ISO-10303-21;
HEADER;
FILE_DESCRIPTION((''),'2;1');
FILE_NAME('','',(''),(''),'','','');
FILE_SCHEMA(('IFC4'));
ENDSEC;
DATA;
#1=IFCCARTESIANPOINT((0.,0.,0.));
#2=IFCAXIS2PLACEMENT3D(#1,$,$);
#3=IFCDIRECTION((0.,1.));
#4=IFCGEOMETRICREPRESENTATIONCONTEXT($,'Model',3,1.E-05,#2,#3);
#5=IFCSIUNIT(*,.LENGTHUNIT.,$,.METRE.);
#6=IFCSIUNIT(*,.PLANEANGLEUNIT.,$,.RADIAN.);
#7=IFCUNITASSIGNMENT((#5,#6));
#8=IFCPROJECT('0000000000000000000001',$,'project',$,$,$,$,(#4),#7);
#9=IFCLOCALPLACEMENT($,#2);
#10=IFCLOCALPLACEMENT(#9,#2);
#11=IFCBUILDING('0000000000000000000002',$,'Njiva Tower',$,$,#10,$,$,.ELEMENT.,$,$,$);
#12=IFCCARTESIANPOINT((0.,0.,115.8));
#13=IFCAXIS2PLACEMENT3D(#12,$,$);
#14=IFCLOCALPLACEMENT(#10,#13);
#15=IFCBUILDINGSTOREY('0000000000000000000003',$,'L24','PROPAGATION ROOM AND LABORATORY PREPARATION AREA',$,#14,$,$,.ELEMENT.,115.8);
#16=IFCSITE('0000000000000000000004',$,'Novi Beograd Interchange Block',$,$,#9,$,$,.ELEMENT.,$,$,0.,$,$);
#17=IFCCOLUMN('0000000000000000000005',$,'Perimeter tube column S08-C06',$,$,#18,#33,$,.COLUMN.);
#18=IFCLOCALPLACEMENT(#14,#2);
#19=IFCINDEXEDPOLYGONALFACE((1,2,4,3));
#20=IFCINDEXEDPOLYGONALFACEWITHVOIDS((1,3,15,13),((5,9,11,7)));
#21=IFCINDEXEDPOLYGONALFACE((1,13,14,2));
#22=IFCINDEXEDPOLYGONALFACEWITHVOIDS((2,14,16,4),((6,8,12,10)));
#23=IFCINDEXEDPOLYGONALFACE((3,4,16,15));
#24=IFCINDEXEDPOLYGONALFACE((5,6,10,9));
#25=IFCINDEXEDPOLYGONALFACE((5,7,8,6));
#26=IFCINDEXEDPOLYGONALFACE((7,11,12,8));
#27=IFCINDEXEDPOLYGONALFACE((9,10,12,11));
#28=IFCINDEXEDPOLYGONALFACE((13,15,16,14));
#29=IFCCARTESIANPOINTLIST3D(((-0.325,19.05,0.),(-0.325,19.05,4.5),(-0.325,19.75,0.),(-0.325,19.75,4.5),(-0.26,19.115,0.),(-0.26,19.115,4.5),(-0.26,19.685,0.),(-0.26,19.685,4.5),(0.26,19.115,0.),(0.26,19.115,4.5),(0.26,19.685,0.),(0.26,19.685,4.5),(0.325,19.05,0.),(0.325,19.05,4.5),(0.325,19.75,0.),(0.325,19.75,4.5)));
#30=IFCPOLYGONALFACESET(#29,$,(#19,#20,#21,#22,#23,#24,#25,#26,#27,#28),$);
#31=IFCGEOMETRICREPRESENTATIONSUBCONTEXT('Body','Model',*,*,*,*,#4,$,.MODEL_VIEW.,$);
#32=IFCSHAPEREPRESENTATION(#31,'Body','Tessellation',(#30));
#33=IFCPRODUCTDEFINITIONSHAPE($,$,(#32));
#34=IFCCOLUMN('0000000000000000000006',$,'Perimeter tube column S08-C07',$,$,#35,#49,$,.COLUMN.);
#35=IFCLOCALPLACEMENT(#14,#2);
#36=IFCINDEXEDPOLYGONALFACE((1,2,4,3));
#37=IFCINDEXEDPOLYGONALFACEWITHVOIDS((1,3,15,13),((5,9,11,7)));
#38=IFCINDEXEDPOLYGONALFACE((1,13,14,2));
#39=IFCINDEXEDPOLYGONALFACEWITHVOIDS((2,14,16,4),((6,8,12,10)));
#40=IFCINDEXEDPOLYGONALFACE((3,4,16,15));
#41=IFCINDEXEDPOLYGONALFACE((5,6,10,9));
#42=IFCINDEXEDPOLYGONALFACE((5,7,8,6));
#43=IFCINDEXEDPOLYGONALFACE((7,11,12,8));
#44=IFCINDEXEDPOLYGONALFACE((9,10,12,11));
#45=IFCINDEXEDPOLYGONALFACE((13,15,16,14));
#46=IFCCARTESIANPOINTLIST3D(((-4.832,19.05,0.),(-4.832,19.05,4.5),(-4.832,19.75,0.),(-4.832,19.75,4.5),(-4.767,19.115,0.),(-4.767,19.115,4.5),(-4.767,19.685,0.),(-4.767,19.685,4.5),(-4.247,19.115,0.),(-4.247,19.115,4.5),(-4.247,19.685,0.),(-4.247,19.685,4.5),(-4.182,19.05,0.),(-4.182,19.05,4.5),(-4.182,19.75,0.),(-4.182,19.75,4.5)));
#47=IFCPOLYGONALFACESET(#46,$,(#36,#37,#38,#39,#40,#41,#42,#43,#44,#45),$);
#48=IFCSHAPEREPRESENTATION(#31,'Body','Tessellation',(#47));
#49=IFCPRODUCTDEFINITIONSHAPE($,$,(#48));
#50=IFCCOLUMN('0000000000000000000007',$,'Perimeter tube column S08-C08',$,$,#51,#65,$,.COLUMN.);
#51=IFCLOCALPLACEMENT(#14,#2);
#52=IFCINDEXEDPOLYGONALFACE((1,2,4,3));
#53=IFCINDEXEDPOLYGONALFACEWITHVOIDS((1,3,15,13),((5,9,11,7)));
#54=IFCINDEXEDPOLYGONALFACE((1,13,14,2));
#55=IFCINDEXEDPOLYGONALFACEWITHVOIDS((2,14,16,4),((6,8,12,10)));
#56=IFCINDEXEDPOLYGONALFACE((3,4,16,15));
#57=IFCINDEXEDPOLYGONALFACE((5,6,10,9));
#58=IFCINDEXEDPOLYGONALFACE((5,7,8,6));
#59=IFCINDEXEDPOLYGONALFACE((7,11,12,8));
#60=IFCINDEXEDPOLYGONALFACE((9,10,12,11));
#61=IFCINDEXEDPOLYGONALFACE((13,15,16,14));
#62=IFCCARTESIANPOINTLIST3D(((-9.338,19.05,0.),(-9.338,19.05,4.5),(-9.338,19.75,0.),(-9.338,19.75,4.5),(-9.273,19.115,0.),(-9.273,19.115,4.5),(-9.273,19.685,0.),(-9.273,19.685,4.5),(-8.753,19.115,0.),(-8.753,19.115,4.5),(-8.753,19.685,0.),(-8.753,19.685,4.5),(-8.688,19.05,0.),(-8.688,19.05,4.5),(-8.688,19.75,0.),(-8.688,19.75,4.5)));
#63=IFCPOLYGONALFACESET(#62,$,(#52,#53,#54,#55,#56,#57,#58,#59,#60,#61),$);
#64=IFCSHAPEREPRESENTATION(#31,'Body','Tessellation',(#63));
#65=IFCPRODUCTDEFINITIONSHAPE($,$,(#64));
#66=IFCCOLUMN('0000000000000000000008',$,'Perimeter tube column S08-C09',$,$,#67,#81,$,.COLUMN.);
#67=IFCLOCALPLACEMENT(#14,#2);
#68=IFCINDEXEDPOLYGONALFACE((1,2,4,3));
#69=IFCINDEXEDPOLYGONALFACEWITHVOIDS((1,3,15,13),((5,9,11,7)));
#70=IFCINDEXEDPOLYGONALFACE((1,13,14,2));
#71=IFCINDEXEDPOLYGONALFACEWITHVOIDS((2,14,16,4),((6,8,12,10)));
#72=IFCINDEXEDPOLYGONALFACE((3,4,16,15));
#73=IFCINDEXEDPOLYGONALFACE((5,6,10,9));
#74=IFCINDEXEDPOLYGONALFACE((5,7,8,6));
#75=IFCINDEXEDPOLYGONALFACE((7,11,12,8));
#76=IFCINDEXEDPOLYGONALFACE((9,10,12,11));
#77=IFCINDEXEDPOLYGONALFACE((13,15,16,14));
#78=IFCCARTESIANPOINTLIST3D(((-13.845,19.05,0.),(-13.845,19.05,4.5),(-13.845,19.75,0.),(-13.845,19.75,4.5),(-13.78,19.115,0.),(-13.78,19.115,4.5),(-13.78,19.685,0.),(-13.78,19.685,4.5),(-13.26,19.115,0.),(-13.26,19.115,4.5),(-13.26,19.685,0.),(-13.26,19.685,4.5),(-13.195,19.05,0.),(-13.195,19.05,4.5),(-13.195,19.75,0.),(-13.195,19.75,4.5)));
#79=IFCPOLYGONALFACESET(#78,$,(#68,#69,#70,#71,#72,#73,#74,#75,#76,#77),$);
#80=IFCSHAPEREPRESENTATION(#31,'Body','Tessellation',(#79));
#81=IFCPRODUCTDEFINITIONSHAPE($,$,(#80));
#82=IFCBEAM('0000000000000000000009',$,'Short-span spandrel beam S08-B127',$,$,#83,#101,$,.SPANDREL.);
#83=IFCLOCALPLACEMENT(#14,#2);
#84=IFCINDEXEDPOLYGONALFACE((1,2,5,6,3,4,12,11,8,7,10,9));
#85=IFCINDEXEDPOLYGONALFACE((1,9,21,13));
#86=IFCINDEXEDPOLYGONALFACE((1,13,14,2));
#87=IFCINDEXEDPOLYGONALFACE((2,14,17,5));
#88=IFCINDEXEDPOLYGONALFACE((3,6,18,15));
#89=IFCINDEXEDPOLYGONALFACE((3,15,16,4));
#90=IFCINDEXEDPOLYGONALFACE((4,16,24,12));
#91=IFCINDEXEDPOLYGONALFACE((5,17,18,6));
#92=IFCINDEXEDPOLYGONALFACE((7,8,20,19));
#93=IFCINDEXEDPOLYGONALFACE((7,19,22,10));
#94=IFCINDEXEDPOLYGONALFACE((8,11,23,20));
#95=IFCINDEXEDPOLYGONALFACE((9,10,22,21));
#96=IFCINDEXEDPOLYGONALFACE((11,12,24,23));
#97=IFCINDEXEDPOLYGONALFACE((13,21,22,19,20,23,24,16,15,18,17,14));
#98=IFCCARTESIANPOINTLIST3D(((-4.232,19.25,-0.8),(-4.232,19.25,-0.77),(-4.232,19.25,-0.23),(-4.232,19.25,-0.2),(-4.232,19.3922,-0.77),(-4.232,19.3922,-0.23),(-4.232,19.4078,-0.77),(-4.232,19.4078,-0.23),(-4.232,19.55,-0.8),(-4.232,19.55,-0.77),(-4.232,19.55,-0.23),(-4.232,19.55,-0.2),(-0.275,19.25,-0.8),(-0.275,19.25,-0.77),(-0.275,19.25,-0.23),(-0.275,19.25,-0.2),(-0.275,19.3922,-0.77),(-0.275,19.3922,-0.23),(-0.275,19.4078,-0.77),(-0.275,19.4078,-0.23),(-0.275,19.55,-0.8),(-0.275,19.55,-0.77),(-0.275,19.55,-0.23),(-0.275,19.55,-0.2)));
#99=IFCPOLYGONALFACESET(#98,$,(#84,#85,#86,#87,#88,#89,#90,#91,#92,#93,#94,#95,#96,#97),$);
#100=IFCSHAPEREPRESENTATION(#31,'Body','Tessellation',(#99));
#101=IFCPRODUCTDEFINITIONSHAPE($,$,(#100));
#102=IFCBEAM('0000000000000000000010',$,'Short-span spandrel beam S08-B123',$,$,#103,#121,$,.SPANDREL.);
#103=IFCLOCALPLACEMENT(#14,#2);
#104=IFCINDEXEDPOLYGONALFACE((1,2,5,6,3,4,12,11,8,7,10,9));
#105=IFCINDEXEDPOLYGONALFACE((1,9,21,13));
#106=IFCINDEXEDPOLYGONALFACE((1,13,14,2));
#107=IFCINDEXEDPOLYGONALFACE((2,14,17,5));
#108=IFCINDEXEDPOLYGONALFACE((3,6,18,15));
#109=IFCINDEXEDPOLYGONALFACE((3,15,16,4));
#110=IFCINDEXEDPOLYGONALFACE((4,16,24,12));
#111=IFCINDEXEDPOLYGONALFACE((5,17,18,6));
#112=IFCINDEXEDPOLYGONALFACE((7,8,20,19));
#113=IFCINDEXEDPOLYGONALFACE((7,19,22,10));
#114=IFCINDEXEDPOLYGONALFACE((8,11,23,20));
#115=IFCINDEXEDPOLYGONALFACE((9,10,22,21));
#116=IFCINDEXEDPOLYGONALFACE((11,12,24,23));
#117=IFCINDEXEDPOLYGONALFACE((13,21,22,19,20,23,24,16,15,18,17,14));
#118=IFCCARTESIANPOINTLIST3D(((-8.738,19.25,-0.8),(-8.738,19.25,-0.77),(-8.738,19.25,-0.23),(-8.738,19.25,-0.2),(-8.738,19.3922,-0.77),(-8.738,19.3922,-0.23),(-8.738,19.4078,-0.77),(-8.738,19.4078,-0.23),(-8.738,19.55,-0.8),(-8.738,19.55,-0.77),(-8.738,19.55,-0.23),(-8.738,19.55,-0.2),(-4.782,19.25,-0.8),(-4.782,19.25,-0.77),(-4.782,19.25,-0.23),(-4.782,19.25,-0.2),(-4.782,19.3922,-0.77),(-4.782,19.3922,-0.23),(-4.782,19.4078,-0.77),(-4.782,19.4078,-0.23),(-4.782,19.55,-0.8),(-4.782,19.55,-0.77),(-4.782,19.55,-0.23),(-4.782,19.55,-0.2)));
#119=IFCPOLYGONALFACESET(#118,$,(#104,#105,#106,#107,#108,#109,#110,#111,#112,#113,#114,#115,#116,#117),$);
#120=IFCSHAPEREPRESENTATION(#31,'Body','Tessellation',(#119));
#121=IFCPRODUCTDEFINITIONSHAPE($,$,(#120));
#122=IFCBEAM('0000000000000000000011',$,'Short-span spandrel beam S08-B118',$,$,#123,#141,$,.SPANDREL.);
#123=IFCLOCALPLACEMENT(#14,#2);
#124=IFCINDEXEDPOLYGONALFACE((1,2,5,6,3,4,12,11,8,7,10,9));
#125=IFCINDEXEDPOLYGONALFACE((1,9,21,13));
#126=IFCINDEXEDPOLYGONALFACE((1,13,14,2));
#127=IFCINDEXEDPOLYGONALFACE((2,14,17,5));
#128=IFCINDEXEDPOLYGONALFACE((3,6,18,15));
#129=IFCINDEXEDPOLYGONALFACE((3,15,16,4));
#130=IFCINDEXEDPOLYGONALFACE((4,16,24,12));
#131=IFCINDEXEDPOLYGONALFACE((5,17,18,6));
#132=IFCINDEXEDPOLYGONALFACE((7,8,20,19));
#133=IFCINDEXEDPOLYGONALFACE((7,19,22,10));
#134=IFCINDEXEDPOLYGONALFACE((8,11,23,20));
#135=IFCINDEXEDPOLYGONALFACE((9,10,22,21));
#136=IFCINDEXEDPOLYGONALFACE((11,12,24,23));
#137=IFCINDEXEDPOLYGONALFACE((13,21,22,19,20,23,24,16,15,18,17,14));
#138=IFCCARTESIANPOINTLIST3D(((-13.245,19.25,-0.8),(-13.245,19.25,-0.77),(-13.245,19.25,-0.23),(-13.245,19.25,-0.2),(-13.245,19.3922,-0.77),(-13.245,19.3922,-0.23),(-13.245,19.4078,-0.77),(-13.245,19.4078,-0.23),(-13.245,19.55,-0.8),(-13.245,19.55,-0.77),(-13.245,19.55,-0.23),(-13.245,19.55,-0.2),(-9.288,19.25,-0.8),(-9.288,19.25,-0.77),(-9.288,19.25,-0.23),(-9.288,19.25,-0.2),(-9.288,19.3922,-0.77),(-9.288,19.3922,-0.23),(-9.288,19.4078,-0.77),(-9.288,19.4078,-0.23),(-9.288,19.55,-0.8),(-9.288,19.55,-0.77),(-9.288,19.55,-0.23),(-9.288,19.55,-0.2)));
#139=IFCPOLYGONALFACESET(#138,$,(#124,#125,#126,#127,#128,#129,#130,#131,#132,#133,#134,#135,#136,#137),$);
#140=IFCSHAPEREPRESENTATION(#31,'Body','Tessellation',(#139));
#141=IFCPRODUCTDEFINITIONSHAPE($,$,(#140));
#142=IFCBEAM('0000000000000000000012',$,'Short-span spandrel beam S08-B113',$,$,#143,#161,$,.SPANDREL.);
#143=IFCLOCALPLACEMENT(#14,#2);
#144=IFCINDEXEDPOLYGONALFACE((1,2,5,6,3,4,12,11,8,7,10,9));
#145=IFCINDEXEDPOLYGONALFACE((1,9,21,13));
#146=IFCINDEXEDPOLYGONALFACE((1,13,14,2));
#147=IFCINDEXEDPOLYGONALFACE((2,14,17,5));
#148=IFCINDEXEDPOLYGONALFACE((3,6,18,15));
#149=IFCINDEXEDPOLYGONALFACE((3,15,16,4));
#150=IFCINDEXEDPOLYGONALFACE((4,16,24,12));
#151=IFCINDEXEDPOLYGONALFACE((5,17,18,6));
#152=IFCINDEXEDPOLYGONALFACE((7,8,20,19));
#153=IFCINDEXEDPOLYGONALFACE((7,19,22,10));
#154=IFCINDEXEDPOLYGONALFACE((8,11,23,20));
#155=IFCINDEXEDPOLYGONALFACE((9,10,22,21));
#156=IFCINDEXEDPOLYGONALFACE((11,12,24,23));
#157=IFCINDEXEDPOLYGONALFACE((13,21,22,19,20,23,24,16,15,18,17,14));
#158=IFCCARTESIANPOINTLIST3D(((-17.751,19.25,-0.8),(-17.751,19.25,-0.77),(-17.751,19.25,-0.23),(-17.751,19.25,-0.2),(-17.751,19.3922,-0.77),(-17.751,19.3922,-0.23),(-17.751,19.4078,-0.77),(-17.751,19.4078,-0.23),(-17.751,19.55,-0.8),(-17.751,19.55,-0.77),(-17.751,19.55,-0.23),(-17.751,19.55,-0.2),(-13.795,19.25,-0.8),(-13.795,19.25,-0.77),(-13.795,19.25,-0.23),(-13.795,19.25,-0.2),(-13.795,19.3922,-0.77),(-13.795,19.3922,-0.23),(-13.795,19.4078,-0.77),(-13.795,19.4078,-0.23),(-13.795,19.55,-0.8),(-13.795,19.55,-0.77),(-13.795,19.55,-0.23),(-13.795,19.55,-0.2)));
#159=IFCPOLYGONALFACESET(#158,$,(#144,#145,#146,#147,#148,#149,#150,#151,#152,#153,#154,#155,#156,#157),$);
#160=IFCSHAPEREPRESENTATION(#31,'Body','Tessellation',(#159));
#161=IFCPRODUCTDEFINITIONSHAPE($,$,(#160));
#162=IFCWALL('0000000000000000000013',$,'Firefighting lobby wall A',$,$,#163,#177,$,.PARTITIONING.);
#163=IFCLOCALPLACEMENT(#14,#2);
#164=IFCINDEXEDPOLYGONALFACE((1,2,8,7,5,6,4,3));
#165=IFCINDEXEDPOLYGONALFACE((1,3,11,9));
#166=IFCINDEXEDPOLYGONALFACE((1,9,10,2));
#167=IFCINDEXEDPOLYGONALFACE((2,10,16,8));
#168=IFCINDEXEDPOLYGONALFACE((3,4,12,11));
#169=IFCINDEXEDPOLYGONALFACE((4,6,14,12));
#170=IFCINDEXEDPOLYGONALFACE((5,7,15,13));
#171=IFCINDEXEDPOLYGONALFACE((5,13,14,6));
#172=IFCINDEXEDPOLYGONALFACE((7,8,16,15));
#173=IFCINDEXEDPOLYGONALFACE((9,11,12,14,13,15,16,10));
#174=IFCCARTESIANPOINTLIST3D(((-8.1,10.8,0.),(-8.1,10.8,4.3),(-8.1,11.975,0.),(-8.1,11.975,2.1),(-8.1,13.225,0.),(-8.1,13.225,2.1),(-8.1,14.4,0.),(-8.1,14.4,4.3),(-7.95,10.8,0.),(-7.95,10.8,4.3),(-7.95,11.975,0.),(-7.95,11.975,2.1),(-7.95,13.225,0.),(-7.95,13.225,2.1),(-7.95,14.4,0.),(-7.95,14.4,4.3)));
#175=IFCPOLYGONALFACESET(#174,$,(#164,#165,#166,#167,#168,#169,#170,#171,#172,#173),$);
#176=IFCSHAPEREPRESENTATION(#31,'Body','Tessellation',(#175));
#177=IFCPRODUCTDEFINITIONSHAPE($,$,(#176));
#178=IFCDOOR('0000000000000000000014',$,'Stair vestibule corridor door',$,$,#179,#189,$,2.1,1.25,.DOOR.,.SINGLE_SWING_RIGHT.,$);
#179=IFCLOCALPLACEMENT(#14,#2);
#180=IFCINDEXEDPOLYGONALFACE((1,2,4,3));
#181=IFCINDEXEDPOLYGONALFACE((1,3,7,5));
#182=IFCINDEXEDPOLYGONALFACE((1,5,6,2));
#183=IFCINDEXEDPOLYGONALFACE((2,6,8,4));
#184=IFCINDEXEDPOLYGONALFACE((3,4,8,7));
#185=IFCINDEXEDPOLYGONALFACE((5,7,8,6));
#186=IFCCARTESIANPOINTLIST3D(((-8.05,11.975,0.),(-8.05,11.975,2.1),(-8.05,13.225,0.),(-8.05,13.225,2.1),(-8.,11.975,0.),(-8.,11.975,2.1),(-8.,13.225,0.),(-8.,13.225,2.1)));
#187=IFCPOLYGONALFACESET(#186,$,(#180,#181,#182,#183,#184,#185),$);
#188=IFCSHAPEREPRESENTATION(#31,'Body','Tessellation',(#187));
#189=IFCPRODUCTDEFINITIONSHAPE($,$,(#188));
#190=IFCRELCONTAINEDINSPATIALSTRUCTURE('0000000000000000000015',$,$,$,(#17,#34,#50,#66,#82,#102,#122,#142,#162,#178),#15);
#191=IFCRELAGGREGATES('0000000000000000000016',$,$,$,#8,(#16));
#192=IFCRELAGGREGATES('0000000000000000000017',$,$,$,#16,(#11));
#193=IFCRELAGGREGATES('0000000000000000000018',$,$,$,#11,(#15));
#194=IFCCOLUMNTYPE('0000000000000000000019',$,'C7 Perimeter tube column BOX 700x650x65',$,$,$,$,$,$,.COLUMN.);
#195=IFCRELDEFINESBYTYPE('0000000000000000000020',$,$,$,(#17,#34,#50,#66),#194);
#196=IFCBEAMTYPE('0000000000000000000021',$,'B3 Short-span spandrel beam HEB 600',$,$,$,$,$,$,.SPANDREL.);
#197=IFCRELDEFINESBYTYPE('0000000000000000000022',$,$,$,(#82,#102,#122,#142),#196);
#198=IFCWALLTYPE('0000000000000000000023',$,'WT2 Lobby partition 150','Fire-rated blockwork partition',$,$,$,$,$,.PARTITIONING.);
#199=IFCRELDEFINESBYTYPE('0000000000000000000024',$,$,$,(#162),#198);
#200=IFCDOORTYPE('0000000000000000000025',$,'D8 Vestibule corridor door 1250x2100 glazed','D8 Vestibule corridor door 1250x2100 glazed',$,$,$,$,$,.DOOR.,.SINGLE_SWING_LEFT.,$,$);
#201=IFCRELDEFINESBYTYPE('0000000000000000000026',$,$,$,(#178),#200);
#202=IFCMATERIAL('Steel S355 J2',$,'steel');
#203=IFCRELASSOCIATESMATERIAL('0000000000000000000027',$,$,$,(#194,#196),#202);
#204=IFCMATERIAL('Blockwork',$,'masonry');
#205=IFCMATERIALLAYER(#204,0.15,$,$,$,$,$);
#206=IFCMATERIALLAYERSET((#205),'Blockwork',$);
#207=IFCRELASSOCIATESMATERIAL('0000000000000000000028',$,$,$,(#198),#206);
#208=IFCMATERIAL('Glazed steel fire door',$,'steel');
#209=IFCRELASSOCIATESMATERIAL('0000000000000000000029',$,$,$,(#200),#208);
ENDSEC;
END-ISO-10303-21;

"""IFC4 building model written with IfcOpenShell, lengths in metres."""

from ifc_helpers import new_model, si_unit, direction, frame, frame_2d, origin, origin_2d, place, context, subcontext, project, spatial, rectangle, hollow_rectangle, i_section, extrude, material, layer, layer_set, material_profile, profile_set, type_object, element, fill, save


model = new_model("IFC4")

# Units and contexts
model_context = context("Model", 3, precision=1e-05, world=origin(), true_north=direction((0.0, 1.0)))
body_context = subcontext(model_context, "Body", "Model", "MODEL_VIEW")
ifc_project = project(units=[si_unit("LENGTHUNIT", "METRE"), si_unit("PLANEANGLEUNIT", "RADIAN")], contexts=[model_context])

# Site, building, storey
site_placement = place(None, origin())
site = spatial("IfcSite", under=ifc_project, at=site_placement, Name="Novi Beograd Interchange Block", CompositionType="ELEMENT", RefElevation=0.0)
building_placement = place(site_placement, origin())
building = spatial("IfcBuilding", under=site, at=building_placement, Name="Njiva Tower", CompositionType="ELEMENT")
storey_placement = place(building_placement, frame((0.0, 0.0, 115.8)))
storey = spatial("IfcBuildingStorey", under=building, at=storey_placement, Name="L24", Description="PROPAGATION ROOM AND LABORATORY PREPARATION AREA", CompositionType="ELEMENT", Elevation=115.8)

# Columns
ifc_material_1 = material(Name="Steel S355 J2", Category="steel")
ifc_material_profile_1 = material_profile(ifc_material_1, hollow_rectangle(XDim=0.65, YDim=0.7, WallThickness=0.065, at=origin_2d()), Name="BOX 700x650x65")
ifc_profile_set_1 = profile_set([ifc_material_profile_1], Name="Steel S355 J2")
column_type = type_object("IfcColumnType", Name="C7 Perimeter tube column BOX 700x650x65", PredefinedType="COLUMN", material=ifc_profile_set_1)
for number, where, z_axis, x_axis, name in (
    (1, (0.0, 19.4, 0.0), (0.0, 0.0, 1.0), (-1.0, 0.0, 0.0), "Perimeter tube column S08-C06"),
    (2, (-4.507, 19.4, 0.0), (0.0, 0.0, 1.0), (-1.0, 0.0, 0.0), "Perimeter tube column S08-C07"),
    (3, (-9.013, 19.4, 0.0), (0.0, 0.0, 1.0), (-1.0, 0.0, 0.0), "Perimeter tube column S08-C08"),
    (4, (-13.52, 19.4, 0.0), (0.0, 0.0, 1.0), (-1.0, 0.0, 0.0), "Perimeter tube column S08-C09"),
):
    element("IfcColumn", number, at=place(storey_placement, frame(where, z_axis=z_axis, x_axis=x_axis)), inside=storey, type_object=column_type, Name=name, PredefinedType="COLUMN", context=body_context, shape_type="SweptSolid", body=[
        extrude(hollow_rectangle(XDim=0.65, YDim=0.7, WallThickness=0.065, at=origin_2d()), origin(), (0.0, 0.0, 1.0), 4.5),
    ])

# Beams
ifc_material_profile_2 = material_profile(ifc_material_1, i_section(OverallWidth=0.3, OverallDepth=0.6, WebThickness=0.0155, FlangeThickness=0.03, at=origin_2d()), Name="HEB 600")
ifc_profile_set_2 = profile_set([ifc_material_profile_2], Name="Steel S355 J2")
beam_type = type_object("IfcBeamType", Name="B3 Short-span spandrel beam HEB 600", PredefinedType="SPANDREL", material=ifc_profile_set_2)
beam_1_placement = place(storey_placement, frame((-0.275, 19.4, -0.5), z_axis=(-1.0, 0.0, 0.0), x_axis=(0.0, -1.0, 0.0)))
element("IfcBeam", 5, at=beam_1_placement, inside=storey, type_object=beam_type, Name="Short-span spandrel beam S08-B127", PredefinedType="SPANDREL", context=body_context, shape_type="SweptSolid", body=[
    extrude(i_section(OverallWidth=0.3, OverallDepth=0.6, WebThickness=0.0155, FlangeThickness=0.03, at=origin_2d()), origin(), (0.0, 0.0, 1.0), 3.957),
])
beam_2_placement = place(storey_placement, frame((-4.782, 19.4, -0.5), z_axis=(-1.0, 0.0, 0.0), x_axis=(0.0, -1.0, 0.0)))
element("IfcBeam", 6, at=beam_2_placement, inside=storey, type_object=beam_type, Name="Short-span spandrel beam S08-B123", PredefinedType="SPANDREL", context=body_context, shape_type="SweptSolid", body=[
    extrude(i_section(OverallWidth=0.3, OverallDepth=0.6, WebThickness=0.0155, FlangeThickness=0.03, at=origin_2d()), origin(), (0.0, 0.0, 1.0), 3.956),
])
beam_3_placement = place(storey_placement, frame((-9.288, 19.4, -0.5), z_axis=(-1.0, 0.0, 0.0), x_axis=(0.0, -1.0, 0.0)))
element("IfcBeam", 7, at=beam_3_placement, inside=storey, type_object=beam_type, Name="Short-span spandrel beam S08-B118", PredefinedType="SPANDREL", context=body_context, shape_type="SweptSolid", body=[
    extrude(i_section(OverallWidth=0.3, OverallDepth=0.6, WebThickness=0.0155, FlangeThickness=0.03, at=origin_2d()), origin(), (0.0, 0.0, 1.0), 3.957),
])
beam_4_placement = place(storey_placement, frame((-13.795, 19.4, -0.5), z_axis=(-1.0, 0.0, 0.0), x_axis=(0.0, -1.0, 0.0)))
element("IfcBeam", 8, at=beam_4_placement, inside=storey, type_object=beam_type, Name="Short-span spandrel beam S08-B113", PredefinedType="SPANDREL", context=body_context, shape_type="SweptSolid", body=[
    extrude(i_section(OverallWidth=0.3, OverallDepth=0.6, WebThickness=0.0155, FlangeThickness=0.03, at=origin_2d()), origin(), (0.0, 0.0, 1.0), 3.956),
])

# Wall, opening, door
ifc_material_2 = material(Name="Blockwork", Category="masonry")
ifc_layer_1 = layer(ifc_material_2, 0.15)
ifc_layer_set_1 = layer_set([ifc_layer_1], Name="Blockwork")
wall_type_1 = type_object("IfcWallType", Name="WT2 Lobby partition 150", Description="Fire-rated blockwork partition", PredefinedType="PARTITIONING", material=ifc_layer_set_1)
wall_1_placement = place(storey_placement, frame((-8.025, 10.8, 0.0), z_axis=(0.0, 0.0, 1.0), x_axis=(0.0, 1.0, 0.0)))
wall_1 = element("IfcWall", 9, at=wall_1_placement, inside=storey, type_object=wall_type_1, Name="Firefighting lobby wall A", PredefinedType="PARTITIONING", context=body_context, shape_type="SweptSolid", body=[
    extrude(rectangle(XDim=3.6, YDim=0.15, at=frame_2d((1.8, 0.0))), origin(), (0.0, 0.0, 1.0), 4.3),
])
opening_1_placement = place(wall_1_placement, frame((1.175, 0.0, 0.0)))
opening_1 = element("IfcOpeningElement", 10, at=opening_1_placement, cuts=wall_1, PredefinedType="OPENING", context=body_context, shape_type="SweptSolid", body=[
    extrude(rectangle(XDim=1.25, YDim=2.1, at=frame_2d((0.625, 1.05))), frame((0.0, 0.085, 0.0), z_axis=(0.0, -1.0, 0.0), x_axis=(1.0, 0.0, 0.0)), (0.0, 0.0, 1.0), 0.17),
])
ifc_material_3 = material(Name="Glazed steel fire door", Category="steel")
door_type_1 = type_object("IfcDoorType", Name="D8 Vestibule corridor door 1250x2100 glazed", Description="D8 Vestibule corridor door 1250x2100 glazed", OperationType="SINGLE_SWING_LEFT", PredefinedType="DOOR", material=ifc_material_3)
door_1_placement = place(opening_1_placement, origin())
door_1 = element("IfcDoor", 11, at=door_1_placement, inside=storey, type_object=door_type_1, Name="Stair vestibule corridor door", OperationType="SINGLE_SWING_RIGHT", OverallHeight=2.1, OverallWidth=1.25, PredefinedType="DOOR", context=body_context, shape_type="SweptSolid", body=[
    extrude(rectangle(XDim=1.25, YDim=2.1, at=frame_2d((0.625, 1.05))), frame((0.0, 0.025, 0.0), z_axis=(0.0, -1.0, 0.0), x_axis=(1.0, 0.0, 0.0)), (0.0, 0.0, 1.0), 0.05),
])
fill(opening_1, door_1)

save(model, "model.ifc")
